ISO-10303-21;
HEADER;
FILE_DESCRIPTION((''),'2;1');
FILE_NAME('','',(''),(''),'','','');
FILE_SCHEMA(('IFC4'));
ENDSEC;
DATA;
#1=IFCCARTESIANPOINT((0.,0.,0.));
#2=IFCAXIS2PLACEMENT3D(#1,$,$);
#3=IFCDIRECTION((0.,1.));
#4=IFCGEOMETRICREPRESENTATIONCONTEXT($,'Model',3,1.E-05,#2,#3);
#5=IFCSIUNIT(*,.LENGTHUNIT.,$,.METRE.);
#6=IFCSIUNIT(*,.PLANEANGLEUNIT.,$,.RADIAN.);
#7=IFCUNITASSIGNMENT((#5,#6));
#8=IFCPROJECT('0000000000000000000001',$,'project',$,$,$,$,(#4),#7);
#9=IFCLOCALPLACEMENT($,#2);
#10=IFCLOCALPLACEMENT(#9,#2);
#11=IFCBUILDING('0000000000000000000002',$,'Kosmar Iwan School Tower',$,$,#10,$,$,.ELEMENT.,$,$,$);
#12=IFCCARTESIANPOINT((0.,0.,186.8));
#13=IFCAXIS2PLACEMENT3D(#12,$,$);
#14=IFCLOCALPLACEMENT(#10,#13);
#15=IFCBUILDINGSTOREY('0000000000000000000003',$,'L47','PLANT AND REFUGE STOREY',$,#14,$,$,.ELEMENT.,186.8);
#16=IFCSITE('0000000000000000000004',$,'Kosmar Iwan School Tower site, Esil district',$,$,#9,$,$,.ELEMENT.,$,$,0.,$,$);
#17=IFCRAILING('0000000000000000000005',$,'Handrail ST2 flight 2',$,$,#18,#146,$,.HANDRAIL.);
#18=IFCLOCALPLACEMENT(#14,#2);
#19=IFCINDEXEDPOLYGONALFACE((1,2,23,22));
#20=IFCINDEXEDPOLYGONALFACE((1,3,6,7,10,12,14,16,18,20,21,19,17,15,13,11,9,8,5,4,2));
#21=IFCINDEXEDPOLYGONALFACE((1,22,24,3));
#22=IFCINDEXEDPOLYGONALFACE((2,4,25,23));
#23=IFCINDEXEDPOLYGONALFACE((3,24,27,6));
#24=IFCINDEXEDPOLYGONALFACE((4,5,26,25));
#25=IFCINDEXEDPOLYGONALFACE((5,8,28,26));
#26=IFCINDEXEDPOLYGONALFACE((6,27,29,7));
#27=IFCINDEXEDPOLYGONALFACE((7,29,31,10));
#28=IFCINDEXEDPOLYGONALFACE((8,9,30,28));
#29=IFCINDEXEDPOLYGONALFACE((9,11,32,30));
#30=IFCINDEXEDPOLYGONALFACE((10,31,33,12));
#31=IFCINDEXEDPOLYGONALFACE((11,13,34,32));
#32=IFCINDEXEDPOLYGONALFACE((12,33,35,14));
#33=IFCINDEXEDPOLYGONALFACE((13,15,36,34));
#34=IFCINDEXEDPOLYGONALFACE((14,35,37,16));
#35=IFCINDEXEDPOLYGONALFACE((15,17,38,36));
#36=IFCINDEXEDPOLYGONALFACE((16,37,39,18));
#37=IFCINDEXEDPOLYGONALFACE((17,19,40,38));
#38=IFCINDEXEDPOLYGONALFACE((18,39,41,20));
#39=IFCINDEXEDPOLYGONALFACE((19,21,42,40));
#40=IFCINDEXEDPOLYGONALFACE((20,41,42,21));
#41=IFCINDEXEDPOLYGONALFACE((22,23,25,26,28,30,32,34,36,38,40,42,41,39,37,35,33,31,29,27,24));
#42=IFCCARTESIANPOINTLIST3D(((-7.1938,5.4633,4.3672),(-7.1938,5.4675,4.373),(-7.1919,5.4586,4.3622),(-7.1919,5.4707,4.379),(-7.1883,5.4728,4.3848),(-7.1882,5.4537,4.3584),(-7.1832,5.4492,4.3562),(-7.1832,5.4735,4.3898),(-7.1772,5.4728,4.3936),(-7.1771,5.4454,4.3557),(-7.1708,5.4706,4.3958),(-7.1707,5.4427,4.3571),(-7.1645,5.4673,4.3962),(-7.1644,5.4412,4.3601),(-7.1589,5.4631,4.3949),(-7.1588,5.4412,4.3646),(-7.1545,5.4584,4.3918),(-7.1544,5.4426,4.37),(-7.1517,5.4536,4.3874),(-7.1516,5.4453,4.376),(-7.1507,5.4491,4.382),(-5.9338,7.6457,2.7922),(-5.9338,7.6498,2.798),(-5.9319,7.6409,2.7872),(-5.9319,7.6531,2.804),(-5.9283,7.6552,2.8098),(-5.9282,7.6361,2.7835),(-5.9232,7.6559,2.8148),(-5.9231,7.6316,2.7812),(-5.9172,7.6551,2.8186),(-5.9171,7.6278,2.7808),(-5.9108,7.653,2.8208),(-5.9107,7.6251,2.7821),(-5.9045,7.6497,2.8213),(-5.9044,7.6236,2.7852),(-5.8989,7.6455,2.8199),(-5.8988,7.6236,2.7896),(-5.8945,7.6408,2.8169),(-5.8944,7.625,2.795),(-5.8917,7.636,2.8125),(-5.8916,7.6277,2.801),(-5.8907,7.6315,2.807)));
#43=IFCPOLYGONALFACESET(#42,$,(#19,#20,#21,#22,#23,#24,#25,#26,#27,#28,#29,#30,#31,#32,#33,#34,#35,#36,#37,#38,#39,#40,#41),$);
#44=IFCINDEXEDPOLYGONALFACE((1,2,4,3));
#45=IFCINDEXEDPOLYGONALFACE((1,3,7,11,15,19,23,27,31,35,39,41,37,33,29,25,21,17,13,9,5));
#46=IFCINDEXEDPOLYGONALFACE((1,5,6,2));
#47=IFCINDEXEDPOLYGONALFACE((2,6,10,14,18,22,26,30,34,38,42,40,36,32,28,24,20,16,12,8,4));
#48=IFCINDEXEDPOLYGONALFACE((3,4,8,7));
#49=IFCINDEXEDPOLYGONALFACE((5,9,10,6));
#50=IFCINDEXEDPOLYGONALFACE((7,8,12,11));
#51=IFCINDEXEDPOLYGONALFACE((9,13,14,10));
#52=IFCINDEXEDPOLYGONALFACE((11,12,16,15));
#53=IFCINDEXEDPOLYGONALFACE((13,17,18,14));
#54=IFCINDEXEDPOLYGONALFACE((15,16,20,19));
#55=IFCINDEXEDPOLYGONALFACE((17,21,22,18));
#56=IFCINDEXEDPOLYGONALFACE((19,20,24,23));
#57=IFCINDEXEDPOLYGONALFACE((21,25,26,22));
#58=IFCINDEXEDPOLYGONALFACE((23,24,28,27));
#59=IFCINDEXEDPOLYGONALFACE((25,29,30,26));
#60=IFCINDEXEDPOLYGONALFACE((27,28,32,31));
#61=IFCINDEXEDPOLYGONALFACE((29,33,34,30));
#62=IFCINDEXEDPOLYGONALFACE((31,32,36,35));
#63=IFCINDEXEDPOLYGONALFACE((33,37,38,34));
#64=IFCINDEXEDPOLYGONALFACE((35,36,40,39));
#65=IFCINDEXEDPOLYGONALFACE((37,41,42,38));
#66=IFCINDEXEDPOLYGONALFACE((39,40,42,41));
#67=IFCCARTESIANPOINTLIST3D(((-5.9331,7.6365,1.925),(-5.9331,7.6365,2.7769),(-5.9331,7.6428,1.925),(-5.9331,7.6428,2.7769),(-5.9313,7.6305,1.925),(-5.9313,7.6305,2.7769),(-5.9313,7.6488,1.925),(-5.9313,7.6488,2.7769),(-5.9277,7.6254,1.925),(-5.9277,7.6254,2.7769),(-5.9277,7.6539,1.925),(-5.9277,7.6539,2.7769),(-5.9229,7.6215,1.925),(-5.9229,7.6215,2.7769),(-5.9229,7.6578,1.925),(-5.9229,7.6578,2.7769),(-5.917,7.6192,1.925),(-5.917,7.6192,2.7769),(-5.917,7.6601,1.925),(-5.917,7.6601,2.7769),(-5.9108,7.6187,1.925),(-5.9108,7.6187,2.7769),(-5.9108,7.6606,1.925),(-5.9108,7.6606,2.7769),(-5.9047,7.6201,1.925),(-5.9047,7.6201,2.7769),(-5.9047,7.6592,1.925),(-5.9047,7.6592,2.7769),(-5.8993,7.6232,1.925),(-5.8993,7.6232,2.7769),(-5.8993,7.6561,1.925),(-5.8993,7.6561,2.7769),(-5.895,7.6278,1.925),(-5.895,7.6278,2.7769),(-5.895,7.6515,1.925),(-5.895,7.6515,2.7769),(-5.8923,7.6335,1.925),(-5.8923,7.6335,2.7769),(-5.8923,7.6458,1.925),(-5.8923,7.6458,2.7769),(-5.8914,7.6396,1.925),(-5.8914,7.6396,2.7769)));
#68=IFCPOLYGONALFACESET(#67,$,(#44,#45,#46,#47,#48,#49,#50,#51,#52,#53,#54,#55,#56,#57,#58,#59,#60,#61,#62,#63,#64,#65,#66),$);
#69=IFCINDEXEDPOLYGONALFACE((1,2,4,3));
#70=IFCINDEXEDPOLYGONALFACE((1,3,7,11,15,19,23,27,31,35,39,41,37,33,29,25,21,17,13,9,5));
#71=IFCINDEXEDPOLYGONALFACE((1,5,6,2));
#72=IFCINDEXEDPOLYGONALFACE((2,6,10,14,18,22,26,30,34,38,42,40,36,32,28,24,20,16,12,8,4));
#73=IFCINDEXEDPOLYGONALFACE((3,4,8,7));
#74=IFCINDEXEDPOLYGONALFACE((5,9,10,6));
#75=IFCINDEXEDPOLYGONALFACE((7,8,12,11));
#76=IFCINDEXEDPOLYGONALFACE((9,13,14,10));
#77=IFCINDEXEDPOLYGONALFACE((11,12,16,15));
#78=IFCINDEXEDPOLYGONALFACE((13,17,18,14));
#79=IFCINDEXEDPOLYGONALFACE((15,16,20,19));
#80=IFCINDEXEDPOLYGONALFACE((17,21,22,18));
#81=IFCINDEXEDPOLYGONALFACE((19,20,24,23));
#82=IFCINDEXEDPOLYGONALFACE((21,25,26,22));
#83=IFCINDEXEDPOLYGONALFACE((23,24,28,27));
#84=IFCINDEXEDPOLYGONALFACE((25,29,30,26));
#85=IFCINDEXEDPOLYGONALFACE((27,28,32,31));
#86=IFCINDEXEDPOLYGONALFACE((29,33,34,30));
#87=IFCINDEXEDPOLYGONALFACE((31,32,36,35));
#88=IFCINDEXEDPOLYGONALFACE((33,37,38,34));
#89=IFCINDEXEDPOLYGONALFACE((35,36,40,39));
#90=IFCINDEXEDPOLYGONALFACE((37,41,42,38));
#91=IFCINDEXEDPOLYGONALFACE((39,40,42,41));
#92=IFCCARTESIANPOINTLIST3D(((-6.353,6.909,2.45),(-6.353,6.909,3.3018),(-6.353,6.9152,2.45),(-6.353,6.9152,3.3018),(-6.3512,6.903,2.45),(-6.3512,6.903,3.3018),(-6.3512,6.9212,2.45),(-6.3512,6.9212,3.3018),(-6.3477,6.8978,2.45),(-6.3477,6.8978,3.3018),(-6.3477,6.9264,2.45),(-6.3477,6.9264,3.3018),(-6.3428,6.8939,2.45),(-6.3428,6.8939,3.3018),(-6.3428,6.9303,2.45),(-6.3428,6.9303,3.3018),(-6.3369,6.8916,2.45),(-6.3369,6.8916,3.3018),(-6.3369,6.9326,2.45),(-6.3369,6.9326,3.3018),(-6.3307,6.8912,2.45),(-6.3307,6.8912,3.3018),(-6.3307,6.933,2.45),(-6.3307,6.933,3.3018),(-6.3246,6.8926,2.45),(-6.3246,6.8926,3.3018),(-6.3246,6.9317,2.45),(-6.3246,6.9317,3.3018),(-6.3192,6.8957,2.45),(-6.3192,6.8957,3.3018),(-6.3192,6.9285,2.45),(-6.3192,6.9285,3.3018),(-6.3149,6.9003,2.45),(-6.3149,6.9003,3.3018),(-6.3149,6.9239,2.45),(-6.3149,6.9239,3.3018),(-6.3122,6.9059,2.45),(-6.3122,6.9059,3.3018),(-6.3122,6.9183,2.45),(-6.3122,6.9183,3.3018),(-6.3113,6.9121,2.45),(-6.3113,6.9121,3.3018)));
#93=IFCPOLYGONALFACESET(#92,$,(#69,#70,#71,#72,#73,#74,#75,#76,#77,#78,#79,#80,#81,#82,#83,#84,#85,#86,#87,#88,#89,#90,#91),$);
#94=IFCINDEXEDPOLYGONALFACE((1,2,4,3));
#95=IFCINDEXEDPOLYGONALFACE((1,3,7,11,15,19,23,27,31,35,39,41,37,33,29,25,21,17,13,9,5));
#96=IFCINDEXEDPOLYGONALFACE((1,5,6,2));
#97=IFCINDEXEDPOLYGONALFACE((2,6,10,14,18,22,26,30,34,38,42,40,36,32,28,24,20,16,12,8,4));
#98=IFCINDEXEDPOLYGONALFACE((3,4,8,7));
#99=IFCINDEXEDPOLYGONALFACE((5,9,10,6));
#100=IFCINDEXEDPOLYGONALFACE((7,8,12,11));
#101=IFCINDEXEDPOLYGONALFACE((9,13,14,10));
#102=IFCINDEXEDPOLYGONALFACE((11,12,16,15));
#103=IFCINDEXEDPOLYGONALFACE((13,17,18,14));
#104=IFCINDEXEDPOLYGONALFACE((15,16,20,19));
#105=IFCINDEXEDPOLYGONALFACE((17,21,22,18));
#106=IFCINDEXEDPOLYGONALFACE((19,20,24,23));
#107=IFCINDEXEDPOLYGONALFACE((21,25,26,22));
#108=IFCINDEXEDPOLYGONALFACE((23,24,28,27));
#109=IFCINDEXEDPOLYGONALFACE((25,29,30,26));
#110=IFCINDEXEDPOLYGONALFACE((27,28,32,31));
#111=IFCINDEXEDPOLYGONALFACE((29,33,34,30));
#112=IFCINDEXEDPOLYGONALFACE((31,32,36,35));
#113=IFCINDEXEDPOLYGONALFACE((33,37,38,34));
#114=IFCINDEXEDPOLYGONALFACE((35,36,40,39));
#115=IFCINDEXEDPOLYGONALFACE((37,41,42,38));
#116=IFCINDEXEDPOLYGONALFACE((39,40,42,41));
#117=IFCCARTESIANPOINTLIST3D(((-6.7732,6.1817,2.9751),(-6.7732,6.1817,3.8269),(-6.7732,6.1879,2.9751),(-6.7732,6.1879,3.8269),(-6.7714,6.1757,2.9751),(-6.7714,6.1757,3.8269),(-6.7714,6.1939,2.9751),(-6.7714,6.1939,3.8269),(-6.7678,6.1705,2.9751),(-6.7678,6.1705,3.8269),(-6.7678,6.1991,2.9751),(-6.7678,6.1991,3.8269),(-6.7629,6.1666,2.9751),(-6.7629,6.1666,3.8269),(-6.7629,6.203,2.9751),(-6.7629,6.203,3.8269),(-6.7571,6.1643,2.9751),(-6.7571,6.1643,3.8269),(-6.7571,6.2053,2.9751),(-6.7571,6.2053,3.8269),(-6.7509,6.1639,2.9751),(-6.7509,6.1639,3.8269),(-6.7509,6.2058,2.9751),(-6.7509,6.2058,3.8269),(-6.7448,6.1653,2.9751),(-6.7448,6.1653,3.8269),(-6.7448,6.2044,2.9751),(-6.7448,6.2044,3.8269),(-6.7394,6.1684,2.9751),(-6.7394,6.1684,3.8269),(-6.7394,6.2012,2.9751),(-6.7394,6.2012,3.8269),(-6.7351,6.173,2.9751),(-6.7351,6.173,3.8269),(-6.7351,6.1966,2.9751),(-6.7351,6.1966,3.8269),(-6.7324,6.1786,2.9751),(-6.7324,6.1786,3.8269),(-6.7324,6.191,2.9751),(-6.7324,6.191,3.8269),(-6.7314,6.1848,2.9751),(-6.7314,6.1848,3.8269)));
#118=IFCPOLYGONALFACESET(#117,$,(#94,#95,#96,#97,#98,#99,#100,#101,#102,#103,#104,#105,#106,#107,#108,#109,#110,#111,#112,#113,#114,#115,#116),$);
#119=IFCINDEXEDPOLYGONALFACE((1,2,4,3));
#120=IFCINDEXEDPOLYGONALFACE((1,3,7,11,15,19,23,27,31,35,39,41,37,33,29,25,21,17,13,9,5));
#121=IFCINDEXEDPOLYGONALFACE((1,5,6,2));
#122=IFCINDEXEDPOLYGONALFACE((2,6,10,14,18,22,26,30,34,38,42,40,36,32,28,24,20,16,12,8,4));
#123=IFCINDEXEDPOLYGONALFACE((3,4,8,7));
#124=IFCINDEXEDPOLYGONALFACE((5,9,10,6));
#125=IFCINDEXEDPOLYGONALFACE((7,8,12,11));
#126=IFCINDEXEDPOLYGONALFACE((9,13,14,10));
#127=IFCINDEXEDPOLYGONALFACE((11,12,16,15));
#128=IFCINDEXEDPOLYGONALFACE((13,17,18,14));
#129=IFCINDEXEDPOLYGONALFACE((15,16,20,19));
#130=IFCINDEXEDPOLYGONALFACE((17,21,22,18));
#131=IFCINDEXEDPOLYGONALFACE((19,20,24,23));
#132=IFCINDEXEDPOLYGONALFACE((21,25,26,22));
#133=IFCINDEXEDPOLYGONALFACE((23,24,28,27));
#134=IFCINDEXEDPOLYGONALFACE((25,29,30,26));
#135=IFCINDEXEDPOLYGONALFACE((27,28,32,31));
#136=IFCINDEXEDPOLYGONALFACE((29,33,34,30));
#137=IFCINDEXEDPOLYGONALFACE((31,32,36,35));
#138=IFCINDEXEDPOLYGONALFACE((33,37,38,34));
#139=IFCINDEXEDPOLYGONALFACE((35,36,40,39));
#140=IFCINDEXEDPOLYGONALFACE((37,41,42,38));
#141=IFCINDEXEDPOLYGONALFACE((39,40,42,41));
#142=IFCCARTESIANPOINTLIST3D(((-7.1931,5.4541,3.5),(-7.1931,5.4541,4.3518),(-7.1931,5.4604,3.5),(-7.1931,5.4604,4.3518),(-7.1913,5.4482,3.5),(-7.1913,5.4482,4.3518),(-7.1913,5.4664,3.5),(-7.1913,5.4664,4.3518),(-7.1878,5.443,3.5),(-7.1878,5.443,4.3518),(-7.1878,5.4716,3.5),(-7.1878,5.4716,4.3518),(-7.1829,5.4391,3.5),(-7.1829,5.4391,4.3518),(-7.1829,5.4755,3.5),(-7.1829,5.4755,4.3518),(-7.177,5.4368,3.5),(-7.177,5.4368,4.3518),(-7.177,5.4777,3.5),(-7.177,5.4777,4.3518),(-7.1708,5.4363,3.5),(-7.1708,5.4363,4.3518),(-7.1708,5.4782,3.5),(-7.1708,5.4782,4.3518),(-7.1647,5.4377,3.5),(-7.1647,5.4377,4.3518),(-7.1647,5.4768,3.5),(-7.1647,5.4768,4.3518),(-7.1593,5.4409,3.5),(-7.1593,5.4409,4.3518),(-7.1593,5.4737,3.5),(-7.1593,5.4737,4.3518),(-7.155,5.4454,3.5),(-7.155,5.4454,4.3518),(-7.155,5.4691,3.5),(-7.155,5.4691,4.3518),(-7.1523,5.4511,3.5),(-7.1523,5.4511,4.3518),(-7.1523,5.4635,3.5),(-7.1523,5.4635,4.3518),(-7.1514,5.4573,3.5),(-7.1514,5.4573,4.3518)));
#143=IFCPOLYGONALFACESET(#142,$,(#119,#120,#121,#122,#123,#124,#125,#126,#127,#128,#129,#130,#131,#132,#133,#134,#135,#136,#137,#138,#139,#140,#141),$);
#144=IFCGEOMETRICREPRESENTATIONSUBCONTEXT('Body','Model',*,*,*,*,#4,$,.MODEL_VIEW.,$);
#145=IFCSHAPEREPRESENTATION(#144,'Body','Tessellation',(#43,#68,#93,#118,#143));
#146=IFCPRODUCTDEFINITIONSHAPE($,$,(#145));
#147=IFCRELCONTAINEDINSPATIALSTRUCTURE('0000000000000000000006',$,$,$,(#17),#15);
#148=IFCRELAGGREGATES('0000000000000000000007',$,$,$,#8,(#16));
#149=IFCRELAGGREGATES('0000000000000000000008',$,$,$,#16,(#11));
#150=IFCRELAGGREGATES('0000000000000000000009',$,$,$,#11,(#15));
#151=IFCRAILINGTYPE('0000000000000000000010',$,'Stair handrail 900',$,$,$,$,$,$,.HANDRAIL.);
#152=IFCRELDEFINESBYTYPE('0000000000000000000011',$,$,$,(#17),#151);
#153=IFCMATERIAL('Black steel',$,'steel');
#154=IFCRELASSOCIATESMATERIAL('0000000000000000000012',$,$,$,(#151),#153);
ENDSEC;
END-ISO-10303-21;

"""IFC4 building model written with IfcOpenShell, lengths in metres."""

from ifc_helpers import new_model, si_unit, direction, frame, origin, origin_2d, place, context, subcontext, project, spatial, circle, extrude, material, type_object, element, save


model = new_model("IFC4")

# Units and contexts
model_context = context("Model", 3, precision=1e-05, world=origin(), true_north=direction((0.0, 1.0)))
body_context = subcontext(model_context, "Body", "Model", "MODEL_VIEW")
ifc_project = project(units=[si_unit("LENGTHUNIT", "METRE"), si_unit("PLANEANGLEUNIT", "RADIAN")], contexts=[model_context])

# Site, building, storey
site_placement = place(None, origin())
site = spatial("IfcSite", under=ifc_project, at=site_placement, Name="Kosmar Iwan School Tower site, Esil district", CompositionType="ELEMENT", RefElevation=0.0)
building_placement = place(site_placement, origin())
building = spatial("IfcBuilding", under=site, at=building_placement, Name="Kosmar Iwan School Tower", CompositionType="ELEMENT")
storey_placement = place(building_placement, frame((0.0, 0.0, 186.8)))
storey = spatial("IfcBuildingStorey", under=building, at=storey_placement, Name="L47", Description="PLANT AND REFUGE STOREY", CompositionType="ELEMENT", Elevation=186.8)

# Railing
ifc_material_1 = material(Name="Black steel", Category="steel")
railing_type = type_object("IfcRailingType", Name="Stair handrail 900", PredefinedType="HANDRAIL", material=ifc_material_1)
for number, where, name in (
    (1, (-5.9124, 7.6396, 1.925), "Handrail ST2 flight 2"),
):
    element("IfcRailing", number, at=place(storey_placement, frame(where)), inside=storey, type_object=railing_type, Name=name, PredefinedType="HANDRAIL", context=body_context, shape_type="SweptSolid", body=[
        extrude(circle(Radius=0.0239, at=origin_2d()), frame((0.0, 0.0, 0.876), z_axis=(-0.424007, -0.734392, 0.529988), x_axis=(0.866023, -0.500005, 0.0)), (0.0, 0.0, 1.0), 2.9717),
        extrude(circle(Radius=0.021, at=origin_2d()), origin(), (0.0, 0.0, 1.0), 0.8518),
        extrude(circle(Radius=0.021, at=origin_2d()), frame((-0.4199, -0.7275, 0.5249)), (0.0, 0.0, 1.0), 0.8518),
        extrude(circle(Radius=0.021, at=origin_2d()), frame((-0.8401, -1.4548, 1.05)), (0.0, 0.0, 1.0), 0.8518),
        extrude(circle(Radius=0.021, at=origin_2d()), frame((-1.26, -2.1824, 1.575)), (0.0, 0.0, 1.0), 0.8518),
    ])

save(model, "model.ifc")
